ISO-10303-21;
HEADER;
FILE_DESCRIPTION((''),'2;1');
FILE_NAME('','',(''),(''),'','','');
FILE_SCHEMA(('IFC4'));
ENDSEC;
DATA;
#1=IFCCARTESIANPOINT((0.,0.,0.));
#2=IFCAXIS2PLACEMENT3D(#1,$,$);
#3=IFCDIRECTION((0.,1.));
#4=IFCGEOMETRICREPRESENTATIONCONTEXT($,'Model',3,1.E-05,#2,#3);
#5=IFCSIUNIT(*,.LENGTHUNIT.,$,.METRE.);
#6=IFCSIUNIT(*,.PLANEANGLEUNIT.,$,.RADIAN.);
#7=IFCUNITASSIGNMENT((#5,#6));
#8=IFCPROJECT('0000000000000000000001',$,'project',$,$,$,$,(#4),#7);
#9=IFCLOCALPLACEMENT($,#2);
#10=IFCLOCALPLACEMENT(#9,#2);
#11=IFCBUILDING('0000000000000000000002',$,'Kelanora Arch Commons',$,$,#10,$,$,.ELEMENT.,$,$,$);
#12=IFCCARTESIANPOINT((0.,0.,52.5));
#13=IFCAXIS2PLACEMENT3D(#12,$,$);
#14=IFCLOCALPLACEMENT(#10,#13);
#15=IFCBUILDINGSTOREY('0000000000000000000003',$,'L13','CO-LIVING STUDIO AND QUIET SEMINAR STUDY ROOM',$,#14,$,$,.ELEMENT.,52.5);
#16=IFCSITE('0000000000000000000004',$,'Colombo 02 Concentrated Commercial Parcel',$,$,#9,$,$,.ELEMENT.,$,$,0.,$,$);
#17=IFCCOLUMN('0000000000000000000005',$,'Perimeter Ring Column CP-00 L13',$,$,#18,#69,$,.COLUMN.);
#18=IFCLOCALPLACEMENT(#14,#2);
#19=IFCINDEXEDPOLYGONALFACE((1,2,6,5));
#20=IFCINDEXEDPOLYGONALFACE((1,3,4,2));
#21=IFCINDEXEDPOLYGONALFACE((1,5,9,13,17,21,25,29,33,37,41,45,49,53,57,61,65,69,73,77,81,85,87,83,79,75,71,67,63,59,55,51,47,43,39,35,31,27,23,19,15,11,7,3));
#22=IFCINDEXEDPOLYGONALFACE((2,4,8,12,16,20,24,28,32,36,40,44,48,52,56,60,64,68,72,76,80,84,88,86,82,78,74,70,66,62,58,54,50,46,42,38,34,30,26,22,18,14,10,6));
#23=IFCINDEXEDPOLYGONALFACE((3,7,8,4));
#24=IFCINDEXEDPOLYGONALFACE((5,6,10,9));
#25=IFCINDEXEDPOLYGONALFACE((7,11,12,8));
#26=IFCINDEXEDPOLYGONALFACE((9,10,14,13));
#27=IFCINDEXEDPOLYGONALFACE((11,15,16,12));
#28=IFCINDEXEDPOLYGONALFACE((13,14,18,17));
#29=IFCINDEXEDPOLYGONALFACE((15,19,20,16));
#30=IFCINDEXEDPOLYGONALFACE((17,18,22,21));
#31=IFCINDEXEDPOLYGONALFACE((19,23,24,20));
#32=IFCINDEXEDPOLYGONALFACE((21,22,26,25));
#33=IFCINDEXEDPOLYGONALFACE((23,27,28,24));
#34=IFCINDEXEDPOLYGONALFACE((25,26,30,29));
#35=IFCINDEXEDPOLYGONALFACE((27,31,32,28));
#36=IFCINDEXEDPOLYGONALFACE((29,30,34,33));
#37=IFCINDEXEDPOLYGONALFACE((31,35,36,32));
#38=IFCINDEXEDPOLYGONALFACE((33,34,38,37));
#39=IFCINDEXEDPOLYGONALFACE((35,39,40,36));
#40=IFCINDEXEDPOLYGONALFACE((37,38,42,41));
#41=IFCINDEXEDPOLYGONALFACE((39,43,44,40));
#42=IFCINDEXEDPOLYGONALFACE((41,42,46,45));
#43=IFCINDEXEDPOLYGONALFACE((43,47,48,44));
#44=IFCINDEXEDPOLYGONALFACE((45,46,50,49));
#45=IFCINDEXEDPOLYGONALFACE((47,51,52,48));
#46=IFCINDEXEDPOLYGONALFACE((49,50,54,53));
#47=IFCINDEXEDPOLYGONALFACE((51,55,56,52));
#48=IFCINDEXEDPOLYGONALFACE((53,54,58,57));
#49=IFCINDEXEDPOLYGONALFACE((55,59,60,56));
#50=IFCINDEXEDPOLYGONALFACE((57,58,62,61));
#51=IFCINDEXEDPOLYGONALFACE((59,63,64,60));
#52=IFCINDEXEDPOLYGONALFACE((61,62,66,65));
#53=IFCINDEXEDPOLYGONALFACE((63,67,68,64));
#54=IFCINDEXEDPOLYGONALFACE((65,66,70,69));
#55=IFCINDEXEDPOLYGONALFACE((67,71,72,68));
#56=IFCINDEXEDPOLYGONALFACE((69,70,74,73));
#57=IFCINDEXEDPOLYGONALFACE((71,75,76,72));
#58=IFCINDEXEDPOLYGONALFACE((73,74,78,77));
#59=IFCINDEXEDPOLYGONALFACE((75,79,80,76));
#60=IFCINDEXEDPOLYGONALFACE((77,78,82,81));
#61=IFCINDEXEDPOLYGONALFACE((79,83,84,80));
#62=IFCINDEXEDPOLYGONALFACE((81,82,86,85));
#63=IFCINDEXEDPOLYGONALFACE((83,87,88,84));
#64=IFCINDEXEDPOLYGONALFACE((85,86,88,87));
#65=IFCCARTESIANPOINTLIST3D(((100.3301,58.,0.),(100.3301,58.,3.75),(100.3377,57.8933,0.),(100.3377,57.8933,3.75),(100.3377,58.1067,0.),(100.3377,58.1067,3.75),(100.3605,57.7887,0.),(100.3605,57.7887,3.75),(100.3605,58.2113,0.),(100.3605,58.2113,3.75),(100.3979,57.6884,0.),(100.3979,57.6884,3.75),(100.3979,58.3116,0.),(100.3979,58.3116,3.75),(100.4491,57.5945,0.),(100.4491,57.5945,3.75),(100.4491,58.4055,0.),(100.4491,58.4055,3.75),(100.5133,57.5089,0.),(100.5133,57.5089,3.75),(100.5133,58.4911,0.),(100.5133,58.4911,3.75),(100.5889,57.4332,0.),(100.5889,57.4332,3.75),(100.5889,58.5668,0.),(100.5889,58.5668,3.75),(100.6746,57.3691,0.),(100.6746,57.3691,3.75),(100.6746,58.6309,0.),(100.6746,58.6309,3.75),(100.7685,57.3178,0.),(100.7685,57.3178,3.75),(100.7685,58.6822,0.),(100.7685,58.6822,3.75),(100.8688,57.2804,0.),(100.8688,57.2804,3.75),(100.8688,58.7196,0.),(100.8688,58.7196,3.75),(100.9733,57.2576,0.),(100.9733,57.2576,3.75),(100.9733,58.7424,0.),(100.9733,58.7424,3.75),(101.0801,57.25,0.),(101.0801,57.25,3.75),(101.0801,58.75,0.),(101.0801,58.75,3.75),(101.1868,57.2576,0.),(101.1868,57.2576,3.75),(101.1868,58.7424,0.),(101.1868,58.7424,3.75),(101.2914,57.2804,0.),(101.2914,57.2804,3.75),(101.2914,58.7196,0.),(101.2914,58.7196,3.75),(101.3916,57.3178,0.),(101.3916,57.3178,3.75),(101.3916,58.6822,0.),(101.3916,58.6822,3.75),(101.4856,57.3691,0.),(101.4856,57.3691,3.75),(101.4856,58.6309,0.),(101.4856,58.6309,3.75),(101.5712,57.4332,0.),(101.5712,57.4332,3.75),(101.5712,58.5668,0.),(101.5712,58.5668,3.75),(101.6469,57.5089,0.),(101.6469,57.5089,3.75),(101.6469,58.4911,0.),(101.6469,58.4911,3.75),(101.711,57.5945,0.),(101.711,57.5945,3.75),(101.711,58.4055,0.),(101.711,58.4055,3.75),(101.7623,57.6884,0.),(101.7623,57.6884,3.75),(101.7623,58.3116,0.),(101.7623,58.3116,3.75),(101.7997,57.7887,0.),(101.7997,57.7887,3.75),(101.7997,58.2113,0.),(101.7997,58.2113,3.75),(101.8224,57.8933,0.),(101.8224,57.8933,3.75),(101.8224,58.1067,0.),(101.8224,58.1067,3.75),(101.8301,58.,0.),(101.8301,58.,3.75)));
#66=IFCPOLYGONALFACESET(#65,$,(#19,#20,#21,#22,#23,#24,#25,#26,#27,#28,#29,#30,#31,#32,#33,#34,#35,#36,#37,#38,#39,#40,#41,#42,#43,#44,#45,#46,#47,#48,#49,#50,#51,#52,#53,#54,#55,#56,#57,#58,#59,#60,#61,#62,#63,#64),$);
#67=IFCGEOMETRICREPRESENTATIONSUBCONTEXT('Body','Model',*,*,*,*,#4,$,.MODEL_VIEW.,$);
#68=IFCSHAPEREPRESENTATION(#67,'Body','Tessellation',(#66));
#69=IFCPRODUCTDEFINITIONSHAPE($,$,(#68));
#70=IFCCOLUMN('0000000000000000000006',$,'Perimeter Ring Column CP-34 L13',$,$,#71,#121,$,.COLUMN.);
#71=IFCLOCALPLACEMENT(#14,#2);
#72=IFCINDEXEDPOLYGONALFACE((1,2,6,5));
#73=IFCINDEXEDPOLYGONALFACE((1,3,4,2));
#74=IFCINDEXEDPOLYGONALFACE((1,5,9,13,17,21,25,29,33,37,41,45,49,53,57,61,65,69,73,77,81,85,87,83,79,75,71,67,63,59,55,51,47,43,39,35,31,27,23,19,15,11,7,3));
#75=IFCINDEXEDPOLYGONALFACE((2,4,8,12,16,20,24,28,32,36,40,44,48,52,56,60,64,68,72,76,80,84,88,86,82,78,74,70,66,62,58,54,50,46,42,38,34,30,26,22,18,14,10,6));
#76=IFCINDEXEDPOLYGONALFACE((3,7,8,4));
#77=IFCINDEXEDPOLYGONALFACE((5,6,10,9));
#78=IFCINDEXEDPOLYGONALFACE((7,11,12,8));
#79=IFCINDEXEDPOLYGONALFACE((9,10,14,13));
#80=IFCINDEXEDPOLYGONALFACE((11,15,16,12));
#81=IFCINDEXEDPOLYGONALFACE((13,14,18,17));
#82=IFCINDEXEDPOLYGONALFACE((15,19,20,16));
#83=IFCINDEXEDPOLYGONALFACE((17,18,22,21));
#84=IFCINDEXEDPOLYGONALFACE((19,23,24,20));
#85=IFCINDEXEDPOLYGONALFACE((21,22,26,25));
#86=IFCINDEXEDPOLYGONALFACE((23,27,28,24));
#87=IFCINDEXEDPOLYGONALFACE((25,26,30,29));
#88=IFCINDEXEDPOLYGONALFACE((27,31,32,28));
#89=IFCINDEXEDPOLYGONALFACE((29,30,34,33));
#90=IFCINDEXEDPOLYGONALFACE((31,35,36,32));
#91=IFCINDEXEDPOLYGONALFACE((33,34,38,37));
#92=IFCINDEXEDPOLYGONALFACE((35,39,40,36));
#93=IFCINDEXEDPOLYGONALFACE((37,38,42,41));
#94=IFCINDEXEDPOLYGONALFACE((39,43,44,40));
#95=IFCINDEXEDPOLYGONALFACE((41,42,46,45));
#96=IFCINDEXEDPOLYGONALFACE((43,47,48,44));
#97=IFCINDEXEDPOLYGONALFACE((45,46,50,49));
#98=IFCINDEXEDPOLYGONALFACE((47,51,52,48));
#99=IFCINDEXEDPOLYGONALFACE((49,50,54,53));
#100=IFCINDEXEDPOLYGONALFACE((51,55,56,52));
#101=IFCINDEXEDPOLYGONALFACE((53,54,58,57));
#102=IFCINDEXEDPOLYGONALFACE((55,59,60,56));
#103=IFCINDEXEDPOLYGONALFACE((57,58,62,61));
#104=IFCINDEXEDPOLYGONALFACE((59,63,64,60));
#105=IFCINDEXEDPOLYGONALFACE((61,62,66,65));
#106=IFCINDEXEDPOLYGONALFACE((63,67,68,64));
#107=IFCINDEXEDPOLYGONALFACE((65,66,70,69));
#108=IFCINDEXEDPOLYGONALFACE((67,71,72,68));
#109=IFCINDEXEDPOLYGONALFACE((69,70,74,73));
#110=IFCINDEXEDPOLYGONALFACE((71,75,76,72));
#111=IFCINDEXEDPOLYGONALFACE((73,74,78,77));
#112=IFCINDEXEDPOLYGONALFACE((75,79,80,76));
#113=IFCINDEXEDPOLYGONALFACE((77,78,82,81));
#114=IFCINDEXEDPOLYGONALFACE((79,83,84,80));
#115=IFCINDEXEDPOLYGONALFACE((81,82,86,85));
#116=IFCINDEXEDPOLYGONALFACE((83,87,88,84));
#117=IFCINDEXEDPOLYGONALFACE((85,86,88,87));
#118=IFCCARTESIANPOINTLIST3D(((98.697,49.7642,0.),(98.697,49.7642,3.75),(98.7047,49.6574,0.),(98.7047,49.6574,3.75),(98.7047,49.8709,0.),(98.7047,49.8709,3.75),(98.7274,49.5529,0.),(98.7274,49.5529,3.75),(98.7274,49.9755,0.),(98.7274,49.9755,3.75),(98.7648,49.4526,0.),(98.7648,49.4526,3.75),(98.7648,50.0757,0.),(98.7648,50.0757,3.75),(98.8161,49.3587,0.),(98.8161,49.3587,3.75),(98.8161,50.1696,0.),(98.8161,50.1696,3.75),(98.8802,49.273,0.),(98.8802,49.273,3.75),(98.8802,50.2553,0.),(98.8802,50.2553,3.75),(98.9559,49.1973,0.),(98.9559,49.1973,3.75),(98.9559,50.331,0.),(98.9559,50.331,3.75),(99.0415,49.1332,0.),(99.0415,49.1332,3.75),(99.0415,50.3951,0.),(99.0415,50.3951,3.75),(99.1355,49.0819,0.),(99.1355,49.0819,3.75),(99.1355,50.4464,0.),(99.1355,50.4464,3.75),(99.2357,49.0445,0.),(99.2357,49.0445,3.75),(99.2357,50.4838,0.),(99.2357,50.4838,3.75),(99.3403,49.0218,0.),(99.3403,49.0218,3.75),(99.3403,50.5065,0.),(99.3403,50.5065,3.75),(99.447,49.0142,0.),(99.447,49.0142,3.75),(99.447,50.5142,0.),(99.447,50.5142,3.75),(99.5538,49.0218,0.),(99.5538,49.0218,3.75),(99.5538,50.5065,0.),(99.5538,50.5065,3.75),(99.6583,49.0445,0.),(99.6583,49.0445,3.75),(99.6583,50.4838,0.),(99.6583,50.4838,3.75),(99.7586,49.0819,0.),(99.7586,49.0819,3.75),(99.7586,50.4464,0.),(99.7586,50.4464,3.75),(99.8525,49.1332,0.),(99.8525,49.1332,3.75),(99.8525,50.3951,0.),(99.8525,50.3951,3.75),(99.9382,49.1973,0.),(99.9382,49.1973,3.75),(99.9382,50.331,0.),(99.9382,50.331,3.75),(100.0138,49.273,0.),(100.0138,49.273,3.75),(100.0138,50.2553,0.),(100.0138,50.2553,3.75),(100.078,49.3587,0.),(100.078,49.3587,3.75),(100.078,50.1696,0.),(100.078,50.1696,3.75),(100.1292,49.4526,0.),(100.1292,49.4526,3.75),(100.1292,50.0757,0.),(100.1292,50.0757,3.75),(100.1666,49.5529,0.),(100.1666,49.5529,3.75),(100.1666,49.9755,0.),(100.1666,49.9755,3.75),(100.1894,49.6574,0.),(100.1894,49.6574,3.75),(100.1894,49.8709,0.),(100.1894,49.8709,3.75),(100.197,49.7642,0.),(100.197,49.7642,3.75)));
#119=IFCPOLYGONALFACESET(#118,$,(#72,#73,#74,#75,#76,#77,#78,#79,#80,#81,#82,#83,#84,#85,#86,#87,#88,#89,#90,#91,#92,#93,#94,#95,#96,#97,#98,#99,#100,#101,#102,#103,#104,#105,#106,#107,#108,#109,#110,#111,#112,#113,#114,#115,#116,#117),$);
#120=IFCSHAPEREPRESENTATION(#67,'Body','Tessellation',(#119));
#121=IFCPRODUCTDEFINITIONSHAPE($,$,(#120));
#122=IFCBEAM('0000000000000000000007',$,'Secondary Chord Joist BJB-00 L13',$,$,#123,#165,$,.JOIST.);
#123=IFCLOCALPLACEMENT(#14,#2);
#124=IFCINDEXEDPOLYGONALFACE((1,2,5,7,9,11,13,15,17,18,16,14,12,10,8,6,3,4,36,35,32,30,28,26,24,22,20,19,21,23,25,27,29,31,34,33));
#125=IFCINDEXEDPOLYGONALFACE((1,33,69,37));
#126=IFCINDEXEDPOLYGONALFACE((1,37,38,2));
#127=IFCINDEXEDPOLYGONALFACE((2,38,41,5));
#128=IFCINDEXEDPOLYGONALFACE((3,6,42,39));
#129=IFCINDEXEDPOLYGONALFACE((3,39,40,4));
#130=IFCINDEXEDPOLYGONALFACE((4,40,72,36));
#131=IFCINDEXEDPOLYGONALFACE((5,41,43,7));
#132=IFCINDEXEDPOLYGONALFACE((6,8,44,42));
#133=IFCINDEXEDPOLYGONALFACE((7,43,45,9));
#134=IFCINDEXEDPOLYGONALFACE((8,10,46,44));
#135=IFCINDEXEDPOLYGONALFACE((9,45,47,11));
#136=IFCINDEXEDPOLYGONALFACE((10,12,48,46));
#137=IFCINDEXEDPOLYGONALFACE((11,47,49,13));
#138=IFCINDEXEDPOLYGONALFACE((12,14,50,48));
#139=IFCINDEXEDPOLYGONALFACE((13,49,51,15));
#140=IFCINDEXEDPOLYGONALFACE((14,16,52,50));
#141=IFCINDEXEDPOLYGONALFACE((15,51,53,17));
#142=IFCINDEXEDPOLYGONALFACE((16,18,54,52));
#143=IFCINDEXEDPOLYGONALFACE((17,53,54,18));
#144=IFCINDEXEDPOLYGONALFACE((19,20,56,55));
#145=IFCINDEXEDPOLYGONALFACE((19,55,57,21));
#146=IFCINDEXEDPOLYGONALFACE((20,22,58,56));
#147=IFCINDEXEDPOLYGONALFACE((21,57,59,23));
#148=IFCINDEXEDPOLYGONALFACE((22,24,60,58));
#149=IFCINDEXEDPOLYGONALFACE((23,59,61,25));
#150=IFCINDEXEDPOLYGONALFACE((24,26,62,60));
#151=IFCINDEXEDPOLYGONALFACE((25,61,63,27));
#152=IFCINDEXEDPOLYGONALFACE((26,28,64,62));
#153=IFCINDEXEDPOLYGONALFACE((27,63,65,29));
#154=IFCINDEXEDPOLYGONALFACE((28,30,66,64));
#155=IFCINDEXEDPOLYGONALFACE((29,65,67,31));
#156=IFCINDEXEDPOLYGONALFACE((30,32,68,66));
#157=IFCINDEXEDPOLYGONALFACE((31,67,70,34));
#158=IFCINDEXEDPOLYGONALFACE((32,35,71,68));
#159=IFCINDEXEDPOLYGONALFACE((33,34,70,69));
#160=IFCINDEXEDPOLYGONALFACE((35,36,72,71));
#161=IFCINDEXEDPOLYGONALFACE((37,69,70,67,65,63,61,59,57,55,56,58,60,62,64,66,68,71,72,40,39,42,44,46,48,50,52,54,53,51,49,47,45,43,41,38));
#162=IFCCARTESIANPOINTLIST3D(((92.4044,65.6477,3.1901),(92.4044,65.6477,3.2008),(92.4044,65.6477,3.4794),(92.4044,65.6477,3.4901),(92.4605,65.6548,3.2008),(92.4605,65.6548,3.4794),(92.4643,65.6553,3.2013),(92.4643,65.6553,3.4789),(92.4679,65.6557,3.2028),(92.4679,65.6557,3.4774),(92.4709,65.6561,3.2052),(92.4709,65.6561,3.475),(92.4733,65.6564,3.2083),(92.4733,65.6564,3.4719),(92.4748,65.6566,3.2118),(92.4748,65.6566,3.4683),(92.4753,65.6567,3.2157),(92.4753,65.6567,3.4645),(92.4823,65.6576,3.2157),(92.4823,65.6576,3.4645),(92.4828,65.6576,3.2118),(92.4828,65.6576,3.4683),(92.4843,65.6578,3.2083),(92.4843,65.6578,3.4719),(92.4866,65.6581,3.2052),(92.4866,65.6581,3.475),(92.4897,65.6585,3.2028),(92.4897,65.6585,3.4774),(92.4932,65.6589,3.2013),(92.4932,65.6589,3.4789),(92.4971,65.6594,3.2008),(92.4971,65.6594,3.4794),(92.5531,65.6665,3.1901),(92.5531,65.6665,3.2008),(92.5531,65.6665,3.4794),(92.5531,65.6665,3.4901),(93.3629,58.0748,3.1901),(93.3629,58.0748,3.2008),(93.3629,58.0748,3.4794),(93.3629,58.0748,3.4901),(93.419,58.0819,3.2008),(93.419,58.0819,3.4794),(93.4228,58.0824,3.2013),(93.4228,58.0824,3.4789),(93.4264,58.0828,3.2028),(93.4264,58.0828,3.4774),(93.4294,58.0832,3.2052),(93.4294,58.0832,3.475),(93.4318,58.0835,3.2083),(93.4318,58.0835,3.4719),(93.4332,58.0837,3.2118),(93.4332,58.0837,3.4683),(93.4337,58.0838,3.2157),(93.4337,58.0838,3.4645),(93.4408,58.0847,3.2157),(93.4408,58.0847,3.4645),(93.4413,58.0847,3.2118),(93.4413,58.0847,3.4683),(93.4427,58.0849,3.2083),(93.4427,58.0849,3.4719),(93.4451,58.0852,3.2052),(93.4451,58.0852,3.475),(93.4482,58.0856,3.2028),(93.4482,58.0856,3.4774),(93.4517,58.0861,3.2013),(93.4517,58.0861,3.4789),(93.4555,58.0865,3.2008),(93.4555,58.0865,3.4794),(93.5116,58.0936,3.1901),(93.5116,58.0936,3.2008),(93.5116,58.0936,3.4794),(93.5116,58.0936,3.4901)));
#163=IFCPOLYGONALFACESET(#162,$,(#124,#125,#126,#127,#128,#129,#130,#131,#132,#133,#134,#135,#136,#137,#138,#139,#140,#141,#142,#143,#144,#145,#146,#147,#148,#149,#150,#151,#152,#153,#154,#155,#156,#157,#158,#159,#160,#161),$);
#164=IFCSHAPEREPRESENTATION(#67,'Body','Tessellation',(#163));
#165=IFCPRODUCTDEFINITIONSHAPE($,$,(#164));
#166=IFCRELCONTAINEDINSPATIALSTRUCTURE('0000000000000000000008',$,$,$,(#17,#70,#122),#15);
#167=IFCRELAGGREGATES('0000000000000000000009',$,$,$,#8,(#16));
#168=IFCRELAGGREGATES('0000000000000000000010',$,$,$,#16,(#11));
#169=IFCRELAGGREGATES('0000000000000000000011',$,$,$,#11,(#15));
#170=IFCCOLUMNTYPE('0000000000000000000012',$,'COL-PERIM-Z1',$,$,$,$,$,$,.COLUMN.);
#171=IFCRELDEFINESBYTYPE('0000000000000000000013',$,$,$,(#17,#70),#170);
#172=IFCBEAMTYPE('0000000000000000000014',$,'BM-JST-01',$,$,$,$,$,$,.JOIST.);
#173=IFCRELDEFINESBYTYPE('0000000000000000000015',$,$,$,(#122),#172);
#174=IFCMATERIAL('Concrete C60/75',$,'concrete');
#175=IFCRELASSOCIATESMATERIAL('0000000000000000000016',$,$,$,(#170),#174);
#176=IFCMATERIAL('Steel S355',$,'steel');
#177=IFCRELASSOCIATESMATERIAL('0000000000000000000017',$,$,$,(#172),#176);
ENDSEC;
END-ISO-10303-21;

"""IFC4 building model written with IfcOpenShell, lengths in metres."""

from ifc_helpers import new_model, si_unit, direction, frame, origin, origin_2d, place, context, subcontext, project, spatial, circle, i_section, extrude, material, material_profile, profile_set, type_object, element, save


model = new_model("IFC4")

# Units and contexts
model_context = context("Model", 3, precision=1e-05, world=origin(), true_north=direction((0.0, 1.0)))
body_context = subcontext(model_context, "Body", "Model", "MODEL_VIEW")
ifc_project = project(units=[si_unit("LENGTHUNIT", "METRE"), si_unit("PLANEANGLEUNIT", "RADIAN")], contexts=[model_context])

# Site, building, storey
site_placement = place(None, origin())
site = spatial("IfcSite", under=ifc_project, at=site_placement, Name="Colombo 02 Concentrated Commercial Parcel", CompositionType="ELEMENT", RefElevation=0.0)
building_placement = place(site_placement, origin())
building = spatial("IfcBuilding", under=site, at=building_placement, Name="Kelanora Arch Commons", CompositionType="ELEMENT")
storey_placement = place(building_placement, frame((0.0, 0.0, 52.5)))
storey = spatial("IfcBuildingStorey", under=building, at=storey_placement, Name="L13", Description="CO-LIVING STUDIO AND QUIET SEMINAR STUDY ROOM", CompositionType="ELEMENT", Elevation=52.5)

# Columns
ifc_material_1 = material(Name="Concrete C60/75", Category="concrete")
ifc_material_profile_1 = material_profile(ifc_material_1, circle(Radius=0.75, at=origin_2d()), Name="RCC1500")
ifc_profile_set_1 = profile_set([ifc_material_profile_1], Name="Concrete C60/75")
column_type = type_object("IfcColumnType", Name="COL-PERIM-Z1", PredefinedType="COLUMN", material=ifc_profile_set_1)
for number, where, z_axis, x_axis, name in (
    (1, (101.0801, 58.0, 0.0), (0.0, 0.0, 1.0), (1.0, 0.0, 0.0), "Perimeter Ring Column CP-00 L13"),
    (2, (99.447, 49.7642, 0.0), (0.0, 0.0, 1.0), (1.0, 0.0, 0.0), "Perimeter Ring Column CP-34 L13"),
):
    element("IfcColumn", number, at=place(storey_placement, frame(where, z_axis=z_axis, x_axis=x_axis)), inside=storey, type_object=column_type, Name=name, PredefinedType="COLUMN", context=body_context, shape_type="SweptSolid", body=[
        extrude(circle(Radius=0.75, at=origin_2d()), origin(), (0.0, 0.0, 1.0), 3.75),
    ])

# Beam
ifc_material_2 = material(Name="Steel S355", Category="steel")
ifc_material_profile_2 = material_profile(ifc_material_2, i_section(OverallWidth=0.1499, OverallDepth=0.3, WebThickness=0.0071, FlangeThickness=0.0107, FilletRadius=0.0149, at=origin_2d()), Name="IPE300")
ifc_profile_set_2 = profile_set([ifc_material_profile_2], Name="Steel S355")
beam_type_1 = type_object("IfcBeamType", Name="BM-JST-01", PredefinedType="JOIST", material=ifc_profile_set_2)
for number, where, z_axis, x_axis, name in (
    (3, (93.4373, 58.0842, 3.3401), (-0.125566, 0.992085, 0.0), (-0.992085, -0.125566, 0.0), "Secondary Chord Joist BJB-00 L13"),
):
    element("IfcBeam", number, at=place(storey_placement, frame(where, z_axis=z_axis, x_axis=x_axis)), inside=storey, type_object=beam_type_1, Name=name, PredefinedType="JOIST", context=body_context, shape_type="SweptSolid", body=[
        extrude(i_section(OverallWidth=0.1499, OverallDepth=0.3, WebThickness=0.0071, FlangeThickness=0.0107, FilletRadius=0.0149, at=origin_2d()), origin(), (0.0, 0.0, 1.0), 7.6333),
    ])

save(model, "model.ifc")
